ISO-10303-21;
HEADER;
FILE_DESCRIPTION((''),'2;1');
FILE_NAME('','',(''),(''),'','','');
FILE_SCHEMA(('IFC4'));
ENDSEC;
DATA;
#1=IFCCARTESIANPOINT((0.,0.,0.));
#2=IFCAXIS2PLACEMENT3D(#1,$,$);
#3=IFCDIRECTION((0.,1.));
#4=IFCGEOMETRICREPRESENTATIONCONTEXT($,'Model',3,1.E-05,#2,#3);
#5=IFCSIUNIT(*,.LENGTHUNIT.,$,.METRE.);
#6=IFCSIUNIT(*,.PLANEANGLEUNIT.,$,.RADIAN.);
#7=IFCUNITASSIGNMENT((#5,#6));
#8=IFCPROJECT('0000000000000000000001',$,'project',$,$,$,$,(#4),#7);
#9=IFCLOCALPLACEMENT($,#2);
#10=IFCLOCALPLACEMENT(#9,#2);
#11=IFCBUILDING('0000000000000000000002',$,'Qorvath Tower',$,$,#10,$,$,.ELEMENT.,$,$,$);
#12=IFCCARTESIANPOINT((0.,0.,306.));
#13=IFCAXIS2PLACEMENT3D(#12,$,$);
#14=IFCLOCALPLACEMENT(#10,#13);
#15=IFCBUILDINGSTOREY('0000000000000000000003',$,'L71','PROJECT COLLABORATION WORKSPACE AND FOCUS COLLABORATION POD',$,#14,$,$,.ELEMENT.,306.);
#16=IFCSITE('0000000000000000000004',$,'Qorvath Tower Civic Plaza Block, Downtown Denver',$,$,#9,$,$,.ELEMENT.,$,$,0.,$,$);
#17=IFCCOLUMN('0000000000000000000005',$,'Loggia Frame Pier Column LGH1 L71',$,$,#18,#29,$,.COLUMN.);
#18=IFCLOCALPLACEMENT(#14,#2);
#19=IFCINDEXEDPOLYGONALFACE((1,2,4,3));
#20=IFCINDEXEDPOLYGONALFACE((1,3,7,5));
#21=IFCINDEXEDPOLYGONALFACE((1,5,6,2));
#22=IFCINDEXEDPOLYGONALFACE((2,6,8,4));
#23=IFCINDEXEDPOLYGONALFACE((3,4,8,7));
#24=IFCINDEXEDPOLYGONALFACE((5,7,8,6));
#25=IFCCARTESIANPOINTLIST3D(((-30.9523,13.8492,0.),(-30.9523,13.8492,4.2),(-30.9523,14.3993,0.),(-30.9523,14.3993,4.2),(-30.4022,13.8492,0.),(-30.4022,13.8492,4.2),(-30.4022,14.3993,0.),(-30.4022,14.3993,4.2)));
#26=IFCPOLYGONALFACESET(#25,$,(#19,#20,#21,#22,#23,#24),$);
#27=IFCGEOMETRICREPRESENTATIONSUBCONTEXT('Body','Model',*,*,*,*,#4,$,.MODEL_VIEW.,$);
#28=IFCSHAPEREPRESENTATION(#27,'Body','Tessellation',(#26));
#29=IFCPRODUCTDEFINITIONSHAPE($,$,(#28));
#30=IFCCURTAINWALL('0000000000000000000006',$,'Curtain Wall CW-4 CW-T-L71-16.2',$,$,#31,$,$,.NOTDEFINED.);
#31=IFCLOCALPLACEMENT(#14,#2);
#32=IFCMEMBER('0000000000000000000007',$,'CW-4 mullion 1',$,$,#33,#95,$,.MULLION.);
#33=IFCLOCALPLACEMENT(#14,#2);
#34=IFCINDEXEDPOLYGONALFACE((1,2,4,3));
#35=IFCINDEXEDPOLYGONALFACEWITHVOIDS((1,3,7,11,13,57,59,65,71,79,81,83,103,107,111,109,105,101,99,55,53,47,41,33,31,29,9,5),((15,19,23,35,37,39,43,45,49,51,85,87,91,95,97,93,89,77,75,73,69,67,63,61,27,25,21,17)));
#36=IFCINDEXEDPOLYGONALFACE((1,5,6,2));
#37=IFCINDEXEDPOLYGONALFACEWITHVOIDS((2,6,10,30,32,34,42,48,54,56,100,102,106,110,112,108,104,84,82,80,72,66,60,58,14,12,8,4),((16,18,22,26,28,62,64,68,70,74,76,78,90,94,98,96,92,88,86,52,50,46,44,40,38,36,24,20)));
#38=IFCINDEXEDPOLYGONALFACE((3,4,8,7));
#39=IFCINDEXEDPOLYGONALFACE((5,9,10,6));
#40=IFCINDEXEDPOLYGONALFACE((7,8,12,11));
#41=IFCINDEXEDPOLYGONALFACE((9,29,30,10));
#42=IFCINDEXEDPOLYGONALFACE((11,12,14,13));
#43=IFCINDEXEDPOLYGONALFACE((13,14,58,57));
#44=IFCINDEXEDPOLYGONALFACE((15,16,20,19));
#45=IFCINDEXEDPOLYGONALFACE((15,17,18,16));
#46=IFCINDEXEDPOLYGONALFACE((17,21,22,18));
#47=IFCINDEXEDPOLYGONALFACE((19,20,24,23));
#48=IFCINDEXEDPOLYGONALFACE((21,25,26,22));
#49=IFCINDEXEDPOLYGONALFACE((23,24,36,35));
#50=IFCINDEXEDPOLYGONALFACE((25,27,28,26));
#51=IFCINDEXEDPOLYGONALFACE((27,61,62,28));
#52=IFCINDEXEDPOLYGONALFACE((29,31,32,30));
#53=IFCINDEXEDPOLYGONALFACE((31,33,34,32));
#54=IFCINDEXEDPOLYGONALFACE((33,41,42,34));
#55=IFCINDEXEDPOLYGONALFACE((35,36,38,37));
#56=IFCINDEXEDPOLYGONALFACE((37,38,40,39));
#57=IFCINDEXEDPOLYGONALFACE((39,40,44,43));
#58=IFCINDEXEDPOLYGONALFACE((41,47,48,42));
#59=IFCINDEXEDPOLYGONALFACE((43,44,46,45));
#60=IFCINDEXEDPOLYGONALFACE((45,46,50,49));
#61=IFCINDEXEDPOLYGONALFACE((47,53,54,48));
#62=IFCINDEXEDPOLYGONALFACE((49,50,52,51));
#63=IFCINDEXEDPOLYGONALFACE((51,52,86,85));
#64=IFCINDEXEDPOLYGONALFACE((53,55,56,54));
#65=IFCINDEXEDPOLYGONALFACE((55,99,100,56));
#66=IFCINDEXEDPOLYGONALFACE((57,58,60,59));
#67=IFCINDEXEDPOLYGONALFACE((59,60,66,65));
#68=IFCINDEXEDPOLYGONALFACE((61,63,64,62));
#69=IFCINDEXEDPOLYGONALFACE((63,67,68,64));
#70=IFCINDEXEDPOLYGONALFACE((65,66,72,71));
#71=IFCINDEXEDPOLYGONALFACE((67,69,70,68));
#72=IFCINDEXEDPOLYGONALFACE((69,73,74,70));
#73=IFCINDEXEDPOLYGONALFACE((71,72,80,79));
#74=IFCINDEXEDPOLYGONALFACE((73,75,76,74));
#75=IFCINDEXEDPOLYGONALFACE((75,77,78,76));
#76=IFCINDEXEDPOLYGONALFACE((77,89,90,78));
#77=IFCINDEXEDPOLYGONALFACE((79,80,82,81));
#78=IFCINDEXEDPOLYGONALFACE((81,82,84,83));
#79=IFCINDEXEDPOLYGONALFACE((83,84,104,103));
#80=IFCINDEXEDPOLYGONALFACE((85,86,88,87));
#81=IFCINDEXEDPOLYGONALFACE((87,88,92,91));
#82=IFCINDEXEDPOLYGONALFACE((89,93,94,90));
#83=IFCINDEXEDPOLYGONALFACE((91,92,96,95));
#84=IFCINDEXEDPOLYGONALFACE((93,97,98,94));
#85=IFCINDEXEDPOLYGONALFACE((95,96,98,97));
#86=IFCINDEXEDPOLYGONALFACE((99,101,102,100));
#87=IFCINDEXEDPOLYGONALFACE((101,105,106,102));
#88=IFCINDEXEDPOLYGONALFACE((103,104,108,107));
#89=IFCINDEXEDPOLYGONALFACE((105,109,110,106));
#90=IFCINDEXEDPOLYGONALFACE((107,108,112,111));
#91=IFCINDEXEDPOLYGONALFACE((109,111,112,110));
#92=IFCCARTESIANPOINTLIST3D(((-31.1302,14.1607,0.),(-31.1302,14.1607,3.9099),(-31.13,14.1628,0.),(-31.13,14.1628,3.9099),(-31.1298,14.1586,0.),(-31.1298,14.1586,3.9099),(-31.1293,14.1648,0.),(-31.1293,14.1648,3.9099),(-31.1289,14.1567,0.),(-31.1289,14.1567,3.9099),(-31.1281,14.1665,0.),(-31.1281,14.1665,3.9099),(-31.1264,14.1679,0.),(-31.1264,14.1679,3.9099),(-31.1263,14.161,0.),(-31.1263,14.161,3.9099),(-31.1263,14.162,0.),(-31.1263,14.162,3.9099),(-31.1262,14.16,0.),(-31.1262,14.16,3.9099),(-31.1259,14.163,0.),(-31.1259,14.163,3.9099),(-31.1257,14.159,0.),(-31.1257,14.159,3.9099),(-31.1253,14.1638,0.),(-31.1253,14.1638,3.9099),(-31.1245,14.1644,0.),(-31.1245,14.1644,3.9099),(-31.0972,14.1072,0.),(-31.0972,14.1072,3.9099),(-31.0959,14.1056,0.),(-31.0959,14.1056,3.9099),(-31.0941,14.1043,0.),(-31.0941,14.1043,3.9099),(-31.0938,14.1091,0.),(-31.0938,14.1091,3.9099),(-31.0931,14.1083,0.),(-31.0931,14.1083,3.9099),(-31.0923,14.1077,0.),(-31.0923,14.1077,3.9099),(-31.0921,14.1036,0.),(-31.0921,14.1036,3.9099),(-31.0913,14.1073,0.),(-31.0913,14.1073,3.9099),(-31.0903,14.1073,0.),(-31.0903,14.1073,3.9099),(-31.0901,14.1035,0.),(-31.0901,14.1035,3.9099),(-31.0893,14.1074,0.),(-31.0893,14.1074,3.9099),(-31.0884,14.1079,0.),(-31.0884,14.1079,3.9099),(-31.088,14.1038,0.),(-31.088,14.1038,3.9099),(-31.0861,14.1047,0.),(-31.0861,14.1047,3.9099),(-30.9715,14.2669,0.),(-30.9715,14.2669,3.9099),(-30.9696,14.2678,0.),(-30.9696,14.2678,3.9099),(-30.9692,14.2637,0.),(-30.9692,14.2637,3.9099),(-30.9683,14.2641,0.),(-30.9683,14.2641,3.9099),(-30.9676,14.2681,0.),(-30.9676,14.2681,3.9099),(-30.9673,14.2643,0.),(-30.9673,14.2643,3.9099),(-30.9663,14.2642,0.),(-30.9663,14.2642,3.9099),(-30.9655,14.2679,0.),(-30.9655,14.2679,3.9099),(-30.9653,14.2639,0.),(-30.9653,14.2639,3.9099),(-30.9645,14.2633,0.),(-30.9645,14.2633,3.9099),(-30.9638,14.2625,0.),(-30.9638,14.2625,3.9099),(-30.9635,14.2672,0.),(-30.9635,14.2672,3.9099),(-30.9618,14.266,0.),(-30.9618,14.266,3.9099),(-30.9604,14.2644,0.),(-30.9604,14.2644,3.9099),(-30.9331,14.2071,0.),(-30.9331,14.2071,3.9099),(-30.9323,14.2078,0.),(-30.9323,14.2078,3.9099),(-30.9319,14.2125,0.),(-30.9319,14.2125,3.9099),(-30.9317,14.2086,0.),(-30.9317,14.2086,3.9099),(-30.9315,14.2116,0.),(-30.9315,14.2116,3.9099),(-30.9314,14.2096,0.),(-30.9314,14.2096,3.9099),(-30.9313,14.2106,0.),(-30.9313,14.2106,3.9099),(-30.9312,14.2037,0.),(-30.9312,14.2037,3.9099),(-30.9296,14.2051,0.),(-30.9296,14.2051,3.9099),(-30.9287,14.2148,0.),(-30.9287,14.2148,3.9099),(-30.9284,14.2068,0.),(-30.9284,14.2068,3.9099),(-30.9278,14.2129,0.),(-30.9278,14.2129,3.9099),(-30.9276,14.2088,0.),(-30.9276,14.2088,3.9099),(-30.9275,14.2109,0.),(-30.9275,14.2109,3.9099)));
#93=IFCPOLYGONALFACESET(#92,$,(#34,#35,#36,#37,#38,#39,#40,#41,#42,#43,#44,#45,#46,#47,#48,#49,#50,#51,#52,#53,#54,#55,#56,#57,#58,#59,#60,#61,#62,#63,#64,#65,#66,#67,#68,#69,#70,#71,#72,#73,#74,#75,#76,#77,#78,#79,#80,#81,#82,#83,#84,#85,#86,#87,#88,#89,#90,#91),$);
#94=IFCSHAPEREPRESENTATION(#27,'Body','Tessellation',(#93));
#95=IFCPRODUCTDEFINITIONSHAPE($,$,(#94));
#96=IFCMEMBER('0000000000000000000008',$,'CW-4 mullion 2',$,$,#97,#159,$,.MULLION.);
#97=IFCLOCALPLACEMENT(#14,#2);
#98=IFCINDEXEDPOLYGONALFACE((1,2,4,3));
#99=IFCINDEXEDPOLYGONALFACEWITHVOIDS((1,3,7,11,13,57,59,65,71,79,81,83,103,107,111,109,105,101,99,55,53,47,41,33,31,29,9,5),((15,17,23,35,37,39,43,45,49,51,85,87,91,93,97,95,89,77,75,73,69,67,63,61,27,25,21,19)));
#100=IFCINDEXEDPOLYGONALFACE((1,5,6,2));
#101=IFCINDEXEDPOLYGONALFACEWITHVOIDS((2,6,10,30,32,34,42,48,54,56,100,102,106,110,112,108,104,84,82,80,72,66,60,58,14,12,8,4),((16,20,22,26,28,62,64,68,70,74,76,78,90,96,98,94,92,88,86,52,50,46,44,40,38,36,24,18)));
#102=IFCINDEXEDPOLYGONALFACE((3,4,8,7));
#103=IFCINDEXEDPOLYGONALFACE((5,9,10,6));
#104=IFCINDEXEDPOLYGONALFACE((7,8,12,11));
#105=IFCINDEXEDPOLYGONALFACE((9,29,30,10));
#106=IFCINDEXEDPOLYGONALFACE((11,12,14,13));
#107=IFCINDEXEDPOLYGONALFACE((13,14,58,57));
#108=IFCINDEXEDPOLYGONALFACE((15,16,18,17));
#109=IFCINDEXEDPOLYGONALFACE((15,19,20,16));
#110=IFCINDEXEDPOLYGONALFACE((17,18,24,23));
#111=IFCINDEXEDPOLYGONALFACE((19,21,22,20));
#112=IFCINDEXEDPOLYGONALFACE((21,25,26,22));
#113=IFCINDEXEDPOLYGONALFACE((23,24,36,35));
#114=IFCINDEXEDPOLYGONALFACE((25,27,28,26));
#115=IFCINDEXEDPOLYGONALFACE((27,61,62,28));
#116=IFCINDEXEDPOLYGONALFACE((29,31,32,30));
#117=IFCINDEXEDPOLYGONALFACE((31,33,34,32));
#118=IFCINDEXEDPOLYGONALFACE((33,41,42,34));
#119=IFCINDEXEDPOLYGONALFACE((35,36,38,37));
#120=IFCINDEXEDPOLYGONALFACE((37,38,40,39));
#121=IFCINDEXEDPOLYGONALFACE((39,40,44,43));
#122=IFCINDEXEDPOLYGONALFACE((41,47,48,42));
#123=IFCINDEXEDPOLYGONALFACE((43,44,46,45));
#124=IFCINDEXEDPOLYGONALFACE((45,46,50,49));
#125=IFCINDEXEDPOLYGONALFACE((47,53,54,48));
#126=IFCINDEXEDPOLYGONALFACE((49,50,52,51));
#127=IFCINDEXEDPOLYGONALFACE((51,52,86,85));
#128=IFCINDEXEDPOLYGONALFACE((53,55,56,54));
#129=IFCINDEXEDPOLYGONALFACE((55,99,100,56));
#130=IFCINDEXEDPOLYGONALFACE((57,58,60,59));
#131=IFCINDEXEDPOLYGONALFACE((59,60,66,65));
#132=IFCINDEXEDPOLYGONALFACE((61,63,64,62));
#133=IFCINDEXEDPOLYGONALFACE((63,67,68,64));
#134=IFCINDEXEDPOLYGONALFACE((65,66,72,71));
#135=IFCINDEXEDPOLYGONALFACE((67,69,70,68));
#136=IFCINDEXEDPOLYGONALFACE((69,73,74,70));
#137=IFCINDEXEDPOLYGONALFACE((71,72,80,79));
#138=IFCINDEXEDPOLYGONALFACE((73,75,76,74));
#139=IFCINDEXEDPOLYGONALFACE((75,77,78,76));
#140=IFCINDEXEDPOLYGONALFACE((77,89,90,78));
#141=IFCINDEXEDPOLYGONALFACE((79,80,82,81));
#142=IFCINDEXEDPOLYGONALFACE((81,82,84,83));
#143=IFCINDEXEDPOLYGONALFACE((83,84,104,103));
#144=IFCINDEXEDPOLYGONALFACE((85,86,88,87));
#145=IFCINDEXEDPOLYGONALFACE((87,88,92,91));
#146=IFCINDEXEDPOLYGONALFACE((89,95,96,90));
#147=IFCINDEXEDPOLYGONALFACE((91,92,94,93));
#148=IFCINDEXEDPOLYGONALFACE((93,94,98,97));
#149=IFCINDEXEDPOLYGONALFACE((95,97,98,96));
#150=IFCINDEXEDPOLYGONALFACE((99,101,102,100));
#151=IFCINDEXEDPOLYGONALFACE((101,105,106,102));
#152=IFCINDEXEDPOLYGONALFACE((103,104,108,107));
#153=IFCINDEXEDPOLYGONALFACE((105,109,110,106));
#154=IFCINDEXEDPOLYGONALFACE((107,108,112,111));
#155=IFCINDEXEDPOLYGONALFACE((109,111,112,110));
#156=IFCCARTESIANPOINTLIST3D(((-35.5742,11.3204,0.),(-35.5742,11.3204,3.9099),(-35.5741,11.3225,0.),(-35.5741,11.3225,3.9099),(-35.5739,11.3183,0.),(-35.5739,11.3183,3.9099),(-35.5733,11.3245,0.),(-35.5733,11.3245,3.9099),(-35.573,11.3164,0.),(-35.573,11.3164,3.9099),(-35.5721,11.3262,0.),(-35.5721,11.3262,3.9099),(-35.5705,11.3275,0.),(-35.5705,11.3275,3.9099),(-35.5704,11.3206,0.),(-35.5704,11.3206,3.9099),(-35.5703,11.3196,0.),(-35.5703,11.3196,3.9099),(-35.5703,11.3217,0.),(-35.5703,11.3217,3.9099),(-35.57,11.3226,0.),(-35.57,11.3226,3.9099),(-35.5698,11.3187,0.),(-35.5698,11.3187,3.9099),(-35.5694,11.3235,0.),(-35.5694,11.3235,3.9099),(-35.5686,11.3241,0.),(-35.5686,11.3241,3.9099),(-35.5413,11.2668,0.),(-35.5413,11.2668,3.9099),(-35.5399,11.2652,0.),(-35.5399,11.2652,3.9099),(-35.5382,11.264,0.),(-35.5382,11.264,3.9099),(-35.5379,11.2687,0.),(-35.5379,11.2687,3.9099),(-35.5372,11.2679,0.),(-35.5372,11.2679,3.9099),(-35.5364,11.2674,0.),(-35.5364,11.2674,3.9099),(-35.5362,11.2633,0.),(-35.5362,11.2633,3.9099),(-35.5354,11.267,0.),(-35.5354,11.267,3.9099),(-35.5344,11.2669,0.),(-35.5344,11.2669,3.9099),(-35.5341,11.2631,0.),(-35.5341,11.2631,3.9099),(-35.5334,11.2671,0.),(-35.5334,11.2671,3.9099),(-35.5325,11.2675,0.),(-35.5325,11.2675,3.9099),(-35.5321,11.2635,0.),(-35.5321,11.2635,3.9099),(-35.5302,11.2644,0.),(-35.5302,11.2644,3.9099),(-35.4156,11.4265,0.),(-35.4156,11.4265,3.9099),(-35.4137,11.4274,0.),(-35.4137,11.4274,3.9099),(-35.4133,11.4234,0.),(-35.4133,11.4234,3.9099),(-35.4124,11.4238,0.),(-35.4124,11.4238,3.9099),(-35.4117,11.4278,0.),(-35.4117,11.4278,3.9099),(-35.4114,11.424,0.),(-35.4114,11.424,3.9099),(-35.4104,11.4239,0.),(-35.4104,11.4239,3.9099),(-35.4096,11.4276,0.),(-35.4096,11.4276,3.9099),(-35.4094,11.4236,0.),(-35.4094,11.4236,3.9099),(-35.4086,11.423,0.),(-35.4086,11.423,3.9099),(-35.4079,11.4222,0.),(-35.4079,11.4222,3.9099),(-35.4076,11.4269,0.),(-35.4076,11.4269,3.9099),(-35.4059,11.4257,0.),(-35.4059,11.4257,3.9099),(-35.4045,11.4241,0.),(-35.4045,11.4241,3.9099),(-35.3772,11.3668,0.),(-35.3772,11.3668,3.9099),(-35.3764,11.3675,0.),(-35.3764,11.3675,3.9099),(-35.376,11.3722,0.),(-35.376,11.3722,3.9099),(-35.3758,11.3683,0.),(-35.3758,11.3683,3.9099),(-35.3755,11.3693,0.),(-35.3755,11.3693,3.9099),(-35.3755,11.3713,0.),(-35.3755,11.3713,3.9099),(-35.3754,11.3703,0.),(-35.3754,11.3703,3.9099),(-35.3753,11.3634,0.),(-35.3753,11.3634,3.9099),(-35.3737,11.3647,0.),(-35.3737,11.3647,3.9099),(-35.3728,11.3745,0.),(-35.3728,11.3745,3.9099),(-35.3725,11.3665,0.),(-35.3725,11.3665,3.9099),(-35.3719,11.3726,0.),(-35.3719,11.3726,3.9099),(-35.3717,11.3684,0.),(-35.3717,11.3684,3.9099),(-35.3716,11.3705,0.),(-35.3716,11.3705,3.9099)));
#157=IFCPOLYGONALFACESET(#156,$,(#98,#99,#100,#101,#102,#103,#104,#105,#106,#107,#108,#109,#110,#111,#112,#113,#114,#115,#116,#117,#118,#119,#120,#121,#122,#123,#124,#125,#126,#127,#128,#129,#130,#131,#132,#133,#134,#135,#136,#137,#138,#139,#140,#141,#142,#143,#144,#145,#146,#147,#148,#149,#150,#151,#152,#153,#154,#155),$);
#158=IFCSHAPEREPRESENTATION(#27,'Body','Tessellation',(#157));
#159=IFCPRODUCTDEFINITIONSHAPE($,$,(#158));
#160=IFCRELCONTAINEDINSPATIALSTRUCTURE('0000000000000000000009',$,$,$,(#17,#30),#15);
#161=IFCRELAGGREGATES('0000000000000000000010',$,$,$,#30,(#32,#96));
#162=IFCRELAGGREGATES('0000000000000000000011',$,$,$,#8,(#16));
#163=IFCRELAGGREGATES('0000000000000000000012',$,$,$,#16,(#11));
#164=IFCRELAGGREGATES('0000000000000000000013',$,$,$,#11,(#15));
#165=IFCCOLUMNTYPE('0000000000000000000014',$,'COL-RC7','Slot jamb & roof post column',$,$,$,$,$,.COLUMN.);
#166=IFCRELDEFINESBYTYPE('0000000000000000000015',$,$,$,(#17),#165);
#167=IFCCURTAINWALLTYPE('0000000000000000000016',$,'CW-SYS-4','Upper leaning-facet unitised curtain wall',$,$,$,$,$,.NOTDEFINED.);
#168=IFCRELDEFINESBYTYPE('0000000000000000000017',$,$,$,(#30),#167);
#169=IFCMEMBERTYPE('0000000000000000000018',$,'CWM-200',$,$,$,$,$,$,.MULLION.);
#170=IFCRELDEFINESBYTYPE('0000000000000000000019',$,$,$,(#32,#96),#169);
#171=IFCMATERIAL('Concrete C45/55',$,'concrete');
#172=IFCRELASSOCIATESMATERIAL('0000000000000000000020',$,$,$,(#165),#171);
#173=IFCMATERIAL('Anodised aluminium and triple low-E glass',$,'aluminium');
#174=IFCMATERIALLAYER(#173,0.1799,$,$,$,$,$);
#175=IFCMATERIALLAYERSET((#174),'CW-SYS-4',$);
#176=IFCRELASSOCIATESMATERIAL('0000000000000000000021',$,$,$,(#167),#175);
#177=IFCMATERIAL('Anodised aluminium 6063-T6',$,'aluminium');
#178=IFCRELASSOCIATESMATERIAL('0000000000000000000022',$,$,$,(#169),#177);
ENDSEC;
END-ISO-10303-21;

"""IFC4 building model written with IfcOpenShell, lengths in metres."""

from ifc_helpers import new_model, si_unit, direction, frame, origin, origin_2d, place, context, subcontext, project, spatial, rectangle, hollow_rectangle, extrude, material, layer, layer_set, material_profile, profile_set, type_object, element, aggregate, save


model = new_model("IFC4")

# Units and contexts
model_context = context("Model", 3, precision=1e-05, world=origin(), true_north=direction((0.0, 1.0)))
body_context = subcontext(model_context, "Body", "Model", "MODEL_VIEW")
ifc_project = project(units=[si_unit("LENGTHUNIT", "METRE"), si_unit("PLANEANGLEUNIT", "RADIAN")], contexts=[model_context])

# Site, building, storey
site_placement = place(None, origin())
site = spatial("IfcSite", under=ifc_project, at=site_placement, Name="Qorvath Tower Civic Plaza Block, Downtown Denver", CompositionType="ELEMENT", RefElevation=0.0)
building_placement = place(site_placement, origin())
building = spatial("IfcBuilding", under=site, at=building_placement, Name="Qorvath Tower", CompositionType="ELEMENT")
storey_placement = place(building_placement, frame((0.0, 0.0, 306.0)))
storey = spatial("IfcBuildingStorey", under=building, at=storey_placement, Name="L71", Description="PROJECT COLLABORATION WORKSPACE AND FOCUS COLLABORATION POD", CompositionType="ELEMENT", Elevation=306.0)

# Column
ifc_material_1 = material(Name="Concrete C45/55", Category="concrete")
ifc_material_profile_1 = material_profile(ifc_material_1, rectangle(XDim=0.55, YDim=0.55, at=origin_2d()), Name="RC 550x550")
ifc_profile_set_1 = profile_set([ifc_material_profile_1], Name="Concrete C45/55")
column_type = type_object("IfcColumnType", Name="COL-RC7", Description="Slot jamb & roof post column", PredefinedType="COLUMN", material=ifc_profile_set_1)
column_placement = place(storey_placement, frame((-30.6772, 14.1243, 0.0), z_axis=(0.0, 0.0, 1.0), x_axis=(1.0, 0.0, 0.0)))
element("IfcColumn", 1, at=column_placement, inside=storey, type_object=column_type, Name="Loggia Frame Pier Column LGH1 L71", PredefinedType="COLUMN", context=body_context, shape_type="SweptSolid", body=[
    extrude(rectangle(XDim=0.55, YDim=0.55, at=origin_2d()), origin(), (0.0, 0.0, 1.0), 4.2),
])

# Curtain wall, members
ifc_material_2 = material(Name="Anodised aluminium and triple low-E glass", Category="aluminium")
ifc_layer_1 = layer(ifc_material_2, 0.1799)
ifc_layer_set_1 = layer_set([ifc_layer_1], Name="CW-SYS-4")
curtain_wall_type = type_object("IfcCurtainWallType", Name="CW-SYS-4", Description="Upper leaning-facet unitised curtain wall", PredefinedType="NOTDEFINED", material=ifc_layer_set_1)
curtain_wall_placement = place(storey_placement, origin())
curtain_wall = element("IfcCurtainWall", 2, at=curtain_wall_placement, inside=storey, type_object=curtain_wall_type, Name="Curtain Wall CW-4 CW-T-L71-16.2", PredefinedType="NOTDEFINED")
ifc_material_3 = material(Name="Anodised aluminium 6063-T6", Category="aluminium")
ifc_material_profile_2 = material_profile(ifc_material_3, hollow_rectangle(XDim=0.075, YDim=0.2, WallThickness=0.0039, InnerFilletRadius=0.0039, OuterFilletRadius=0.0081, at=origin_2d()), Name="CWM 200x75")
ifc_profile_set_2 = profile_set([ifc_material_profile_2], Name="Anodised aluminium 6063-T6")
member_type_1 = type_object("IfcMemberType", Name="CWM-200", PredefinedType="MULLION", material=ifc_profile_set_2)
member_1_placement = place(storey_placement, frame((-31.0288, 14.1858, 0.0), z_axis=(0.0, 0.0, 1.0), x_axis=(0.538537, -0.842602, 0.0)))
member_1 = element("IfcMember", 3, at=member_1_placement, type_object=member_type_1, Name="CW-4 mullion 1", PredefinedType="MULLION", context=body_context, shape_type="SweptSolid", body=[
    extrude(hollow_rectangle(XDim=0.075, YDim=0.2, WallThickness=0.0039, InnerFilletRadius=0.0039, OuterFilletRadius=0.0081, at=origin_2d()), origin(), (0.0, 0.0, 1.0), 3.9099),
])
member_2_placement = place(storey_placement, frame((-35.4729, 11.3455, 0.0), z_axis=(0.0, 0.0, 1.0), x_axis=(0.538537, -0.842602, 0.0)))
member_2 = element("IfcMember", 4, at=member_2_placement, type_object=member_type_1, Name="CW-4 mullion 2", PredefinedType="MULLION", context=body_context, shape_type="SweptSolid", body=[
    extrude(hollow_rectangle(XDim=0.075, YDim=0.2, WallThickness=0.0039, InnerFilletRadius=0.0039, OuterFilletRadius=0.0081, at=origin_2d()), origin(), (0.0, 0.0, 1.0), 3.9099),
])
aggregate(curtain_wall, [member_1, member_2])

save(model, "model.ifc")
